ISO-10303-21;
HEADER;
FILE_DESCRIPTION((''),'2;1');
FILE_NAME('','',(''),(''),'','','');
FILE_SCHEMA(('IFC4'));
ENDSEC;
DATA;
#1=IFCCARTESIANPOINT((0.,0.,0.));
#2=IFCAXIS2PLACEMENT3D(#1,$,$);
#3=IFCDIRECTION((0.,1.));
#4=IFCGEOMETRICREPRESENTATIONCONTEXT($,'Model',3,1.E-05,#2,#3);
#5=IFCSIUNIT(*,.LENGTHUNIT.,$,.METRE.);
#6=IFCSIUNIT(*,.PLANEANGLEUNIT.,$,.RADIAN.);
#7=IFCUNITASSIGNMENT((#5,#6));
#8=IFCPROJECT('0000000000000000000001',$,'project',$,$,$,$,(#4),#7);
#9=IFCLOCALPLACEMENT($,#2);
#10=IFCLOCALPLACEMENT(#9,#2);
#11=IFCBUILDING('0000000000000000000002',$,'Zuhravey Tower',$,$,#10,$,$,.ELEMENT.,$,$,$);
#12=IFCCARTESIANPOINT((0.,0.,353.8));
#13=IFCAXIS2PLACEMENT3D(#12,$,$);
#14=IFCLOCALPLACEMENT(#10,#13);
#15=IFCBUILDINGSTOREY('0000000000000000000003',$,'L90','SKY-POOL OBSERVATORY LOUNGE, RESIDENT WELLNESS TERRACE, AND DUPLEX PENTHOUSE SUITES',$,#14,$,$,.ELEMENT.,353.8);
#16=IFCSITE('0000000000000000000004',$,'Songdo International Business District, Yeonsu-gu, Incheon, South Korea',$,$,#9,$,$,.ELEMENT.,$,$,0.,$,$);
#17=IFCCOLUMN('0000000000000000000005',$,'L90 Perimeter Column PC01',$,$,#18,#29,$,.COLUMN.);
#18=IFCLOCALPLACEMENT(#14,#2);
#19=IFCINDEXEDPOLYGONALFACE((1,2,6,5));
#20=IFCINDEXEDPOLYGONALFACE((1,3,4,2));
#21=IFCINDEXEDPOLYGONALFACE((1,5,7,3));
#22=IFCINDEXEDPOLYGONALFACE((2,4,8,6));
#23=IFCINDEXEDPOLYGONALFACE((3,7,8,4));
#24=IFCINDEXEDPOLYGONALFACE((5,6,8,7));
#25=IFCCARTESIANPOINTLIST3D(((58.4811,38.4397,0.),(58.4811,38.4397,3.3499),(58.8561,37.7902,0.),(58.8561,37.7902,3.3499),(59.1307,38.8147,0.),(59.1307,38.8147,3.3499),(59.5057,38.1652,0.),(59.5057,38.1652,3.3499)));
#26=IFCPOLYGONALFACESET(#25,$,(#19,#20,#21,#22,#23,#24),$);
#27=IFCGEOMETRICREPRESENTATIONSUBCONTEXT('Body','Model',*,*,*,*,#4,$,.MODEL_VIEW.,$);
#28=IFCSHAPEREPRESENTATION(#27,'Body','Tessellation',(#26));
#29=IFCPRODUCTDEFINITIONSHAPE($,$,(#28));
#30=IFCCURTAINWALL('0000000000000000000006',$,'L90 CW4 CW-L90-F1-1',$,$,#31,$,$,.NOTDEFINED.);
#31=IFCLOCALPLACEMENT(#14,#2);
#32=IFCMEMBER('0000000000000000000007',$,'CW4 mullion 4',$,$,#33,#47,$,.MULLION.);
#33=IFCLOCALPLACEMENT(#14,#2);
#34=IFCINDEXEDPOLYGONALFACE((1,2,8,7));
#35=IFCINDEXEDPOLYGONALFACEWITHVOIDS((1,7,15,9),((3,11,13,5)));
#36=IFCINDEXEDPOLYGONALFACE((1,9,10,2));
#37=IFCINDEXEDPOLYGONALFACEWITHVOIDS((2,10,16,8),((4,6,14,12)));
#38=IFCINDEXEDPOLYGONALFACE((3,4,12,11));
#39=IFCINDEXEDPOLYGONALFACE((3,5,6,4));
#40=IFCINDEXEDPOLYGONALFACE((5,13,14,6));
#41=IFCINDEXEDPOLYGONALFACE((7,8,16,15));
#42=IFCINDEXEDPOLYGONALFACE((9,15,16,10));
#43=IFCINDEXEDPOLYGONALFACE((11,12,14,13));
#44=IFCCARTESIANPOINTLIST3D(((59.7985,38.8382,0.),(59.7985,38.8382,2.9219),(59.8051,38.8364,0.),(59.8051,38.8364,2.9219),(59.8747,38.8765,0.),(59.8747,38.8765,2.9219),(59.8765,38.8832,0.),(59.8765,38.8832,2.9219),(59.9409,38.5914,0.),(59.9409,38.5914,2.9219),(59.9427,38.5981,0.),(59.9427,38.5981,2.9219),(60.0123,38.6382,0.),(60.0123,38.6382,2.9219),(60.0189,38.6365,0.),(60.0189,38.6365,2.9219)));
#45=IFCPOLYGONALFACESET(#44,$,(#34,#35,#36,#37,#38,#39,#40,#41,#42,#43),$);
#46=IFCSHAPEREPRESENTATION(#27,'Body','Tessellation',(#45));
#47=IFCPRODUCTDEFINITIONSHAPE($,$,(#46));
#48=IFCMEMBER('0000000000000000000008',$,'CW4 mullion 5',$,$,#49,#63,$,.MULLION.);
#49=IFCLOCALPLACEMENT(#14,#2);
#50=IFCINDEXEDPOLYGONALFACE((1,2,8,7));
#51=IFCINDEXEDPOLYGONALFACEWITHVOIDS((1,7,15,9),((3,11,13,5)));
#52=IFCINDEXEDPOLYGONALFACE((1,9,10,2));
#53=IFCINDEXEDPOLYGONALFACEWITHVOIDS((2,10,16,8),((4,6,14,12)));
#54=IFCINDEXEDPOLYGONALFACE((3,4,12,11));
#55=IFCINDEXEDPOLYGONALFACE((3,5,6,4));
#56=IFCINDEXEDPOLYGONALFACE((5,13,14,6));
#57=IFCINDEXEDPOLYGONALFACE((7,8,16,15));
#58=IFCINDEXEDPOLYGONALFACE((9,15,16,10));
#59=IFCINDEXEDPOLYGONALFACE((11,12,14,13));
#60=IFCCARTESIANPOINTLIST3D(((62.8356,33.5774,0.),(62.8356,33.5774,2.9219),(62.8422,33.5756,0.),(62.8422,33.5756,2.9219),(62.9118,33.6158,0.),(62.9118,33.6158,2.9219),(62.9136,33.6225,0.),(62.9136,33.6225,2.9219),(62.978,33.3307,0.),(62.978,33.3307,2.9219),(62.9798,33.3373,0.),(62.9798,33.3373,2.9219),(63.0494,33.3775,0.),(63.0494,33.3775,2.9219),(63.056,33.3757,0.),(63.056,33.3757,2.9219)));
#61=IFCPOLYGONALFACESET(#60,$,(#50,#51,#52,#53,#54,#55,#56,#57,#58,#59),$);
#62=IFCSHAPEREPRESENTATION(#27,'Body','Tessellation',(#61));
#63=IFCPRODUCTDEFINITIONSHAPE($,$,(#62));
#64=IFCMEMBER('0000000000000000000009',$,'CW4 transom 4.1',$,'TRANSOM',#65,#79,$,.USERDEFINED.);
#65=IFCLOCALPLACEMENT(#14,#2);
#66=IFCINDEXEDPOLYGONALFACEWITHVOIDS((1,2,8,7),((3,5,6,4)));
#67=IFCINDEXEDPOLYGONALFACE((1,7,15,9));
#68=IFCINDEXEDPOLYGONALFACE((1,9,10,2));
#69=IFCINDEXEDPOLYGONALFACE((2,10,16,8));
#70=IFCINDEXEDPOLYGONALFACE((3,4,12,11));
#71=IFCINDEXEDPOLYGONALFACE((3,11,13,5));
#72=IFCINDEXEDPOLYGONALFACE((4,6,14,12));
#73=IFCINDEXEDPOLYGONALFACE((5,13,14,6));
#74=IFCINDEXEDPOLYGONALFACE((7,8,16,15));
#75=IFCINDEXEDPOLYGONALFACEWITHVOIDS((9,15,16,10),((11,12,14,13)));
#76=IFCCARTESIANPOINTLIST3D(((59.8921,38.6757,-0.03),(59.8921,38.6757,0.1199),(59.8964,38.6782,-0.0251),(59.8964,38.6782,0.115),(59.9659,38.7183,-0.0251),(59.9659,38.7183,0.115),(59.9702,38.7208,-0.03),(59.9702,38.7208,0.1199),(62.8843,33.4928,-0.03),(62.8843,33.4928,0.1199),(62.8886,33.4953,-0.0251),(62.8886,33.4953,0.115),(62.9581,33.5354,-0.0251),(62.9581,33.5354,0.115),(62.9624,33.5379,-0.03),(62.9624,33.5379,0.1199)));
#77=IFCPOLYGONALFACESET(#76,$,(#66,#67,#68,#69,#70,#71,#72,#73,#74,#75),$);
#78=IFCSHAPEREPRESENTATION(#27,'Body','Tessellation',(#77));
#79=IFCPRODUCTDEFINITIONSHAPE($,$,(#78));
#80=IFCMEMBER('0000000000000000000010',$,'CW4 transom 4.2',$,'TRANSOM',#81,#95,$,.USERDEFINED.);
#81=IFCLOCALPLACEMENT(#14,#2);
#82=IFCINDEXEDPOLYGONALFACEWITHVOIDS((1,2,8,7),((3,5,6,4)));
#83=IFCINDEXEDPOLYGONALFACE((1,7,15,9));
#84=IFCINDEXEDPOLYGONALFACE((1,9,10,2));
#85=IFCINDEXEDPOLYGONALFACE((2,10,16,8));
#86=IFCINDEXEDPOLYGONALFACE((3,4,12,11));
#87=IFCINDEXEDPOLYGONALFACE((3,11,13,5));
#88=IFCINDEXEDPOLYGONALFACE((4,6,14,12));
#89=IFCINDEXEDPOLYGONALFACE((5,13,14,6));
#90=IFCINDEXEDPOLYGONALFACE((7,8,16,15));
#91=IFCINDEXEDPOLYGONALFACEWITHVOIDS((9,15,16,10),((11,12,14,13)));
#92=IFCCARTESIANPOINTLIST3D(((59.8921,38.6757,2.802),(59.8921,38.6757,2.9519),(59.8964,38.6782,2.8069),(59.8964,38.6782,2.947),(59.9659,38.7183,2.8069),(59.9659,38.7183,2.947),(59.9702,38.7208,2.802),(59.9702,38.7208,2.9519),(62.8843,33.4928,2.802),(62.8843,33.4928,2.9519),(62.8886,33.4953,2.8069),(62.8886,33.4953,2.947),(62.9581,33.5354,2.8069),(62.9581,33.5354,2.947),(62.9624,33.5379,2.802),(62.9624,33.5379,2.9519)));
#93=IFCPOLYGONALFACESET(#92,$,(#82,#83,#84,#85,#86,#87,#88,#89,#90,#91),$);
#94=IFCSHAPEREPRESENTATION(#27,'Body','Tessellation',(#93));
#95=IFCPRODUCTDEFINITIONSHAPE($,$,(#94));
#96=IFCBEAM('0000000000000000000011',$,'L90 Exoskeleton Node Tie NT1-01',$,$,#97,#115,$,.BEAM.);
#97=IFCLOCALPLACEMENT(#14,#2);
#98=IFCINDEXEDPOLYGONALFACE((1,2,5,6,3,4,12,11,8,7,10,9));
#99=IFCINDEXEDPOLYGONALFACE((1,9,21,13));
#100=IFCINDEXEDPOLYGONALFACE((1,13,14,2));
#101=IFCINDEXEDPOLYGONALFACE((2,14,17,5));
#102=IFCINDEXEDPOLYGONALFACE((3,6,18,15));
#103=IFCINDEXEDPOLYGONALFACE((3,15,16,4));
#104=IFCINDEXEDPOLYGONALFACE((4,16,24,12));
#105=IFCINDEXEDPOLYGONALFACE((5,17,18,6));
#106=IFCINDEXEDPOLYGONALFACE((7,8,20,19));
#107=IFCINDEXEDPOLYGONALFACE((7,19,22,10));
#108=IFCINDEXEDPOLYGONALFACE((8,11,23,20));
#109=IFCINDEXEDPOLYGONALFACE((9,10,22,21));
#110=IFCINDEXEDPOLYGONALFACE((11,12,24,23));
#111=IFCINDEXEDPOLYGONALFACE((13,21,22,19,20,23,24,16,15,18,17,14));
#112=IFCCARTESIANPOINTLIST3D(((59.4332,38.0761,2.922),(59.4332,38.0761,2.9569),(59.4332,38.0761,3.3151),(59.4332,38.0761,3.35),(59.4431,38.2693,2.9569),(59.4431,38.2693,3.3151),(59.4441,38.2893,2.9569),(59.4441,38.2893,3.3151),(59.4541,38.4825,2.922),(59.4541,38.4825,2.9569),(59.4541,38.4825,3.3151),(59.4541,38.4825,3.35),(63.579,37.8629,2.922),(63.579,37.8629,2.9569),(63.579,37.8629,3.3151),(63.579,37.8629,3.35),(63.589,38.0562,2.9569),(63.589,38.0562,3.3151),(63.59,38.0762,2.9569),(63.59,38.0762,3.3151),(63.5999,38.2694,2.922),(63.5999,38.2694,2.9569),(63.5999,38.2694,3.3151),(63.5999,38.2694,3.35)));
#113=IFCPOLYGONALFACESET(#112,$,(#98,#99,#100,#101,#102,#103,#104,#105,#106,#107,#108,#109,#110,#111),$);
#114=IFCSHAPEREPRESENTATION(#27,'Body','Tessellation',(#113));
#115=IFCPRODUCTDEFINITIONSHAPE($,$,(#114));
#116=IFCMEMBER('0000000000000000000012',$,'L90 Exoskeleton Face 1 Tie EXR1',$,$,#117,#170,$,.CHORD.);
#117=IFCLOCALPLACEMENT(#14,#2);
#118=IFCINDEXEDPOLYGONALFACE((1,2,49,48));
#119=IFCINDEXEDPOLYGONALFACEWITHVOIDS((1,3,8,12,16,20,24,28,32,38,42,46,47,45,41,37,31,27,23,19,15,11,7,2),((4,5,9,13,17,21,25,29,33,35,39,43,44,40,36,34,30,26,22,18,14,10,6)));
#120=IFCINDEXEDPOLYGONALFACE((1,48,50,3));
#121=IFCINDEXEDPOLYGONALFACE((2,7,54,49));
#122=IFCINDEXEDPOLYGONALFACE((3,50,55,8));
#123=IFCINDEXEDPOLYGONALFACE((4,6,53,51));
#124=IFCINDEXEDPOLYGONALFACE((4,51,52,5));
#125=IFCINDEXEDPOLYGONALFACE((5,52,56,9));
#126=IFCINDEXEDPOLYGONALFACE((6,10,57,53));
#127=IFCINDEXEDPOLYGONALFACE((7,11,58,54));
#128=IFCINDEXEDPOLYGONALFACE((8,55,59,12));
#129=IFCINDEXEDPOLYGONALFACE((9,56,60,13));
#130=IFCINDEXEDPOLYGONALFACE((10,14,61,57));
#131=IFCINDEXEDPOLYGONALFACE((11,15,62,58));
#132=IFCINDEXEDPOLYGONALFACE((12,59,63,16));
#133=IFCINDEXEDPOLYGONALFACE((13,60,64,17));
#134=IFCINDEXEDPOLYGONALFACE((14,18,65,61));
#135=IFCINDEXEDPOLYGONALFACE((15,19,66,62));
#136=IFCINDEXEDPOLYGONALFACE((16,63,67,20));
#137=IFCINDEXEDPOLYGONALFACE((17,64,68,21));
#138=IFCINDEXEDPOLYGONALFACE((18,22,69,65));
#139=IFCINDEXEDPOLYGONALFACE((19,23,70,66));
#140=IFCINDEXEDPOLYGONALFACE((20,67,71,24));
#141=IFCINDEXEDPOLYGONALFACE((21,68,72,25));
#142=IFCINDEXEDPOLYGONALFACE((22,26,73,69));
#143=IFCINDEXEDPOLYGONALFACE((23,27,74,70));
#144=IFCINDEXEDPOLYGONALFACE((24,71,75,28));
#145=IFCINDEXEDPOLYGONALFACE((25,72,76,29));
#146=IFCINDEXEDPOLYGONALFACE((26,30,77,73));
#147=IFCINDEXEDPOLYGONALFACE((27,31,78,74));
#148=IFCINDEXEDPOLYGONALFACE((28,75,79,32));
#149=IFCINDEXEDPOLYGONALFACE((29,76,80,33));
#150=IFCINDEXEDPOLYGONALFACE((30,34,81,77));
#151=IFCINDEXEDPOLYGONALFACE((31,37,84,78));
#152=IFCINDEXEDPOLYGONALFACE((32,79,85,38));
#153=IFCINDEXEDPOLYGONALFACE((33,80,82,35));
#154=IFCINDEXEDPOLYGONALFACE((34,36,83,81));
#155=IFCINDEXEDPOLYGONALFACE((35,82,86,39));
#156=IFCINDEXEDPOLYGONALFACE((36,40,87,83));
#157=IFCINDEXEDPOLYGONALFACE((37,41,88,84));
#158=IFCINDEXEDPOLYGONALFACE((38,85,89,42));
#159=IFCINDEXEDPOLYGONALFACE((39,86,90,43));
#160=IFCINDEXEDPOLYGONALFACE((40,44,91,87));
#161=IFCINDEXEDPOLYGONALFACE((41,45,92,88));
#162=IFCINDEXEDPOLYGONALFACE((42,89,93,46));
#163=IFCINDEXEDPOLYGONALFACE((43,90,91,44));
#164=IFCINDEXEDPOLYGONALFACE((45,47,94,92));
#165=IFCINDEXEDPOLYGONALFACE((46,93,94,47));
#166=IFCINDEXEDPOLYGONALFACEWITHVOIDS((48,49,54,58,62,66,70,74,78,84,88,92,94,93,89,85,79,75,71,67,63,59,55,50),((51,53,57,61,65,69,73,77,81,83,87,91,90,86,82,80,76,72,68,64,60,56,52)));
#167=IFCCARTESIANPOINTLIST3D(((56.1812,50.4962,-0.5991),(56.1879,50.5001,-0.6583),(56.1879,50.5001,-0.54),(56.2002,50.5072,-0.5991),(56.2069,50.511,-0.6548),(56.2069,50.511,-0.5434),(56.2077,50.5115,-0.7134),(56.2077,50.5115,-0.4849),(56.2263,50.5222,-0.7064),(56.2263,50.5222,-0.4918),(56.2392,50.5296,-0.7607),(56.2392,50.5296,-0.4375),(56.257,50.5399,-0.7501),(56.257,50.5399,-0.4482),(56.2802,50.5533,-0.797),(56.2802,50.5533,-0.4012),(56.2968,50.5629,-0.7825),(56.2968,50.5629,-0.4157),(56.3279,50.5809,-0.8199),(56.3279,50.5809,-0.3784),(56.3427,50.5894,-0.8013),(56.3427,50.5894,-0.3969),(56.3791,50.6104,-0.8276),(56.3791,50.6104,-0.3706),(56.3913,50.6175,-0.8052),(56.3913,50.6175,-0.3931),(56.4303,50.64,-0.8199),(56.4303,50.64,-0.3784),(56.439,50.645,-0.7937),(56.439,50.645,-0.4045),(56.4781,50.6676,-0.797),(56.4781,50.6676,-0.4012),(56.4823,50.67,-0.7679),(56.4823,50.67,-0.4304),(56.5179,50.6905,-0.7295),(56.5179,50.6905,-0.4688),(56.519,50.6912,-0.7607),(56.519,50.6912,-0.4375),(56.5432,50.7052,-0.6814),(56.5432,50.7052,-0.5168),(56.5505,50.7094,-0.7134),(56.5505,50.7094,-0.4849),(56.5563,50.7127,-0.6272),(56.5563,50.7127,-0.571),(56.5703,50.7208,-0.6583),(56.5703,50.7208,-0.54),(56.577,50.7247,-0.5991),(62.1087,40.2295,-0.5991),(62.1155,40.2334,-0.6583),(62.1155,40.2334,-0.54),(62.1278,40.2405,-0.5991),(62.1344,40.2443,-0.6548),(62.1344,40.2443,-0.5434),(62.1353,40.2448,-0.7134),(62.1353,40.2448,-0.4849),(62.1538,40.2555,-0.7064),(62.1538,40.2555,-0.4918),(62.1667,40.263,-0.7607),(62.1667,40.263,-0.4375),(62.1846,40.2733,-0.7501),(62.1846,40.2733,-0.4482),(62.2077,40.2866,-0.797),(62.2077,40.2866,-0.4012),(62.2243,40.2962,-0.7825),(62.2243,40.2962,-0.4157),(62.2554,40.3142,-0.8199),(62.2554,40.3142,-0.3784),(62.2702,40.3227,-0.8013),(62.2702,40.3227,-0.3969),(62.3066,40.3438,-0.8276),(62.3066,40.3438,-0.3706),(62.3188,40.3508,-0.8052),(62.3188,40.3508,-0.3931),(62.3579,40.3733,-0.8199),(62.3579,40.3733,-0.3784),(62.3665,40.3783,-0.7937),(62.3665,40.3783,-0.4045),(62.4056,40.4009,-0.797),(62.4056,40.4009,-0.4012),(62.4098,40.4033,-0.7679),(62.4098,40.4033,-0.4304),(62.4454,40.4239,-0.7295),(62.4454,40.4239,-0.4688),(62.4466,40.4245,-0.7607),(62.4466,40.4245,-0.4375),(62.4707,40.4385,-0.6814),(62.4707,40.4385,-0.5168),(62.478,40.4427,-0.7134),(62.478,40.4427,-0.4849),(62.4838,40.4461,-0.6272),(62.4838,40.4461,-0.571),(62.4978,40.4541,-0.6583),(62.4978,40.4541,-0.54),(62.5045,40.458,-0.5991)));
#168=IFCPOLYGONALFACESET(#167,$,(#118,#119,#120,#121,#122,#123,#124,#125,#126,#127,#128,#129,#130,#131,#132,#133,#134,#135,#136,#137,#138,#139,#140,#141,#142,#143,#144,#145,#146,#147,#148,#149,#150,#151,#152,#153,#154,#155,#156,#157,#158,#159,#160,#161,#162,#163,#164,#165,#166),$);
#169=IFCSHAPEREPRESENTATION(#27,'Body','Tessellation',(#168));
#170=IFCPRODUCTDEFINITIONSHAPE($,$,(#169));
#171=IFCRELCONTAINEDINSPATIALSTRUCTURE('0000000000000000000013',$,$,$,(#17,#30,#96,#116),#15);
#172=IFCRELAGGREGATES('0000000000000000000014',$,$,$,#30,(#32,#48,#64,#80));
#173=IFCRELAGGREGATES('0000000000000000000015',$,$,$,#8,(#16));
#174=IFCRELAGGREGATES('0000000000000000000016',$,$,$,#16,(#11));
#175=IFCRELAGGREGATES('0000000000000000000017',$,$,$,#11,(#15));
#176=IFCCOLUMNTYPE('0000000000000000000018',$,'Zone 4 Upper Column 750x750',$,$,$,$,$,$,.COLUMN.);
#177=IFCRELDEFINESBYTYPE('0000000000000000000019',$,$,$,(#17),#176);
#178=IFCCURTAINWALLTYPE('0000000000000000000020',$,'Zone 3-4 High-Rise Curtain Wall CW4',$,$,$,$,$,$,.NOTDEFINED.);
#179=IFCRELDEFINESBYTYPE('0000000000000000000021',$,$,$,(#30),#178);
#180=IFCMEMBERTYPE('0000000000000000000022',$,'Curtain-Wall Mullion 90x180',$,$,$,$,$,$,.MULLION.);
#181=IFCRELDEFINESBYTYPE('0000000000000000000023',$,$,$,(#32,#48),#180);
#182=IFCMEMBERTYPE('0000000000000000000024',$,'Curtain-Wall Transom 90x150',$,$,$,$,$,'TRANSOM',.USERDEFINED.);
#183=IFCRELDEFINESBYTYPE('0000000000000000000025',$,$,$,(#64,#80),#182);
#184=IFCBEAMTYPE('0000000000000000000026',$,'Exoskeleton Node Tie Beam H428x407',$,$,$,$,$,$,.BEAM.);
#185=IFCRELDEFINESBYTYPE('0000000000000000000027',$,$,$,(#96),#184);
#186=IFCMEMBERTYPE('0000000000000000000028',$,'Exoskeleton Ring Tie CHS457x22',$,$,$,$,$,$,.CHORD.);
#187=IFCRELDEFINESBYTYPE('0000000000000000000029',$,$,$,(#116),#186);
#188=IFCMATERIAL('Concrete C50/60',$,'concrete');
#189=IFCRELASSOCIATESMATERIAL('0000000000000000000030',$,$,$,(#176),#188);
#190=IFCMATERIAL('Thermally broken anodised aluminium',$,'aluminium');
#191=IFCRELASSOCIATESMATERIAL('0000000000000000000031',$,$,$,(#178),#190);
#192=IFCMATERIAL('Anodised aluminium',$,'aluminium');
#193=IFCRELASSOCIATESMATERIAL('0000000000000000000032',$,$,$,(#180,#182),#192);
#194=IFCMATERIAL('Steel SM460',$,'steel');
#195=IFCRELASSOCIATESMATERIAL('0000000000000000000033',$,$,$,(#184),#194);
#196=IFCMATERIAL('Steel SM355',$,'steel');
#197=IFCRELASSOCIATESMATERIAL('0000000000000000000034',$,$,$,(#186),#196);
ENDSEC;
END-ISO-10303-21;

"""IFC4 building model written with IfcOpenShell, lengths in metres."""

from ifc_helpers import new_model, si_unit, direction, frame, origin, origin_2d, place, context, subcontext, project, spatial, rectangle, hollow_rectangle, hollow_circle, i_section, extrude, material, material_profile, profile_set, type_object, element, aggregate, save


model = new_model("IFC4")

# Units and contexts
model_context = context("Model", 3, precision=1e-05, world=origin(), true_north=direction((0.0, 1.0)))
body_context = subcontext(model_context, "Body", "Model", "MODEL_VIEW")
ifc_project = project(units=[si_unit("LENGTHUNIT", "METRE"), si_unit("PLANEANGLEUNIT", "RADIAN")], contexts=[model_context])

# Site, building, storey
site_placement = place(None, origin())
site = spatial("IfcSite", under=ifc_project, at=site_placement, Name="Songdo International Business District, Yeonsu-gu, Incheon, South Korea", CompositionType="ELEMENT", RefElevation=0.0)
building_placement = place(site_placement, origin())
building = spatial("IfcBuilding", under=site, at=building_placement, Name="Zuhravey Tower", CompositionType="ELEMENT")
storey_placement = place(building_placement, frame((0.0, 0.0, 353.8)))
storey = spatial("IfcBuildingStorey", under=building, at=storey_placement, Name="L90", Description="SKY-POOL OBSERVATORY LOUNGE, RESIDENT WELLNESS TERRACE, AND DUPLEX PENTHOUSE SUITES", CompositionType="ELEMENT", Elevation=353.8)

# Column
ifc_material_1 = material(Name="Concrete C50/60", Category="concrete")
ifc_material_profile_1 = material_profile(ifc_material_1, rectangle(XDim=0.75, YDim=0.75, at=origin_2d()), Name="RC-750x750")
ifc_profile_set_1 = profile_set([ifc_material_profile_1], Name="Concrete C50/60")
column_type = type_object("IfcColumnType", Name="Zone 4 Upper Column 750x750", PredefinedType="COLUMN", material=ifc_profile_set_1)
column_placement = place(storey_placement, frame((58.9934, 38.3025, 0.0), z_axis=(0.0, 0.0, 1.0), x_axis=(-0.5, 0.866025, 0.0)))
element("IfcColumn", 1, at=column_placement, inside=storey, type_object=column_type, Name="L90 Perimeter Column PC01", PredefinedType="COLUMN", context=body_context, shape_type="SweptSolid", body=[
    extrude(rectangle(XDim=0.75, YDim=0.75, at=origin_2d()), origin(), (0.0, 0.0, 1.0), 3.3499),
])

# Curtain wall, members
ifc_material_2 = material(Name="Thermally broken anodised aluminium", Category="aluminium")
curtain_wall_type = type_object("IfcCurtainWallType", Name="Zone 3-4 High-Rise Curtain Wall CW4", PredefinedType="NOTDEFINED", material=ifc_material_2)
curtain_wall_placement = place(storey_placement, origin())
curtain_wall = element("IfcCurtainWall", 2, at=curtain_wall_placement, inside=storey, type_object=curtain_wall_type, Name="L90 CW4 CW-L90-F1-1", PredefinedType="NOTDEFINED")
ifc_material_3 = material(Name="Anodised aluminium", Category="aluminium")
ifc_material_profile_2 = material_profile(ifc_material_3, hollow_rectangle(XDim=0.0901, YDim=0.2849, WallThickness=0.0049, at=origin_2d()), Name="ALU-RHS-90x285x5")
ifc_profile_set_2 = profile_set([ifc_material_profile_2], Name="Anodised aluminium")
member_type_1 = type_object("IfcMemberType", Name="Curtain-Wall Mullion 90x180", PredefinedType="MULLION", material=ifc_profile_set_2)
member_1_placement = place(storey_placement, frame((59.9087, 38.7373, 0.0), z_axis=(0.0, 0.0, 1.0), x_axis=(0.866026, 0.5, 0.0)))
member_1 = element("IfcMember", 3, at=member_1_placement, type_object=member_type_1, Name="CW4 mullion 4", PredefinedType="MULLION", context=body_context, shape_type="SweptSolid", body=[
    extrude(hollow_rectangle(XDim=0.0901, YDim=0.2849, WallThickness=0.0049, at=origin_2d()), origin(), (0.0, 0.0, 1.0), 2.9219),
])
member_2_placement = place(storey_placement, frame((62.9458, 33.4766, 0.0), z_axis=(0.0, 0.0, 1.0), x_axis=(0.866026, 0.5, 0.0)))
member_2 = element("IfcMember", 4, at=member_2_placement, type_object=member_type_1, Name="CW4 mullion 5", PredefinedType="MULLION", context=body_context, shape_type="SweptSolid", body=[
    extrude(hollow_rectangle(XDim=0.0901, YDim=0.2849, WallThickness=0.0049, at=origin_2d()), origin(), (0.0, 0.0, 1.0), 2.9219),
])
ifc_material_profile_3 = material_profile(ifc_material_3, hollow_rectangle(XDim=0.0901, YDim=0.1499, WallThickness=0.0049, at=origin_2d()), Name="ALU-RHS-90x150x5")
ifc_profile_set_3 = profile_set([ifc_material_profile_3], Name="Anodised aluminium")
member_type_2 = type_object("IfcMemberType", Name="Curtain-Wall Transom 90x150", ElementType="TRANSOM", PredefinedType="USERDEFINED", material=ifc_profile_set_3)
member_3_placement = place(storey_placement, frame((59.9312, 38.6982, 0.0449), z_axis=(0.499983, -0.866035, 0.0), x_axis=(0.866035, 0.499983, 0.0)))
member_3 = element("IfcMember", 5, at=member_3_placement, type_object=member_type_2, Name="CW4 transom 4.1", ObjectType="TRANSOM", PredefinedType="USERDEFINED", context=body_context, shape_type="SweptSolid", body=[
    extrude(hollow_rectangle(XDim=0.0901, YDim=0.1499, WallThickness=0.0049, at=origin_2d()), origin(), (0.0, 0.0, 1.0), 5.9846),
])
member_4_placement = place(storey_placement, frame((59.9312, 38.6982, 2.877), z_axis=(0.499983, -0.866035, 0.0), x_axis=(0.866035, 0.499983, 0.0)))
member_4 = element("IfcMember", 6, at=member_4_placement, type_object=member_type_2, Name="CW4 transom 4.2", ObjectType="TRANSOM", PredefinedType="USERDEFINED", context=body_context, shape_type="SweptSolid", body=[
    extrude(hollow_rectangle(XDim=0.0901, YDim=0.1499, WallThickness=0.0049, at=origin_2d()), origin(), (0.0, 0.0, 1.0), 5.9846),
])

# Beam
ifc_material_4 = material(Name="Steel SM460", Category="steel")
ifc_material_profile_4 = material_profile(ifc_material_4, i_section(OverallWidth=0.407, OverallDepth=0.428, WebThickness=0.02, FlangeThickness=0.0349, at=origin_2d()), Name="H-428x407x20x35")
ifc_profile_set_4 = profile_set([ifc_material_profile_4], Name="Steel SM460")
beam_type_1 = type_object("IfcBeamType", Name="Exoskeleton Node Tie Beam H428x407", PredefinedType="BEAM", material=ifc_profile_set_4)
beam_1_placement = place(storey_placement, frame((59.4436, 38.2793, 3.136), z_axis=(0.998681, -0.05134, 0.0), x_axis=(0.05134, 0.998681, 0.0)))
element("IfcBeam", 7, at=beam_1_placement, inside=storey, type_object=beam_type_1, Name="L90 Exoskeleton Node Tie NT1-01", PredefinedType="BEAM", context=body_context, shape_type="SweptSolid", body=[
    extrude(i_section(OverallWidth=0.407, OverallDepth=0.428, WebThickness=0.02, FlangeThickness=0.0349, at=origin_2d()), origin(), (0.0, 0.0, 1.0), 4.1514),
])

# Member
ifc_material_5 = material(Name="Steel SM355", Category="steel")
ifc_material_profile_5 = material_profile(ifc_material_5, hollow_circle(Radius=0.2285, WallThickness=0.022, at=origin_2d()), Name="CHS-457.2x22")
ifc_profile_set_5 = profile_set([ifc_material_profile_5], Name="Steel SM355")
member_type_3 = type_object("IfcMemberType", Name="Exoskeleton Ring Tie CHS457x22", PredefinedType="CHORD", material=ifc_profile_set_5)
member_5_placement = place(storey_placement, frame((62.3066, 40.3438, -0.5991), z_axis=(-0.500004, 0.866023, 0.0), x_axis=(-0.866023, -0.500004, 0.0)))
element("IfcMember", 8, at=member_5_placement, inside=storey, type_object=member_type_3, Name="L90 Exoskeleton Face 1 Tie EXR1", PredefinedType="CHORD", context=body_context, shape_type="SweptSolid", body=[
    extrude(hollow_circle(Radius=0.2285, WallThickness=0.022, at=origin_2d()), origin(), (0.0, 0.0, 1.0), 11.855),
])

aggregate(curtain_wall, [member_1, member_2, member_3, member_4])

save(model, "model.ifc")
